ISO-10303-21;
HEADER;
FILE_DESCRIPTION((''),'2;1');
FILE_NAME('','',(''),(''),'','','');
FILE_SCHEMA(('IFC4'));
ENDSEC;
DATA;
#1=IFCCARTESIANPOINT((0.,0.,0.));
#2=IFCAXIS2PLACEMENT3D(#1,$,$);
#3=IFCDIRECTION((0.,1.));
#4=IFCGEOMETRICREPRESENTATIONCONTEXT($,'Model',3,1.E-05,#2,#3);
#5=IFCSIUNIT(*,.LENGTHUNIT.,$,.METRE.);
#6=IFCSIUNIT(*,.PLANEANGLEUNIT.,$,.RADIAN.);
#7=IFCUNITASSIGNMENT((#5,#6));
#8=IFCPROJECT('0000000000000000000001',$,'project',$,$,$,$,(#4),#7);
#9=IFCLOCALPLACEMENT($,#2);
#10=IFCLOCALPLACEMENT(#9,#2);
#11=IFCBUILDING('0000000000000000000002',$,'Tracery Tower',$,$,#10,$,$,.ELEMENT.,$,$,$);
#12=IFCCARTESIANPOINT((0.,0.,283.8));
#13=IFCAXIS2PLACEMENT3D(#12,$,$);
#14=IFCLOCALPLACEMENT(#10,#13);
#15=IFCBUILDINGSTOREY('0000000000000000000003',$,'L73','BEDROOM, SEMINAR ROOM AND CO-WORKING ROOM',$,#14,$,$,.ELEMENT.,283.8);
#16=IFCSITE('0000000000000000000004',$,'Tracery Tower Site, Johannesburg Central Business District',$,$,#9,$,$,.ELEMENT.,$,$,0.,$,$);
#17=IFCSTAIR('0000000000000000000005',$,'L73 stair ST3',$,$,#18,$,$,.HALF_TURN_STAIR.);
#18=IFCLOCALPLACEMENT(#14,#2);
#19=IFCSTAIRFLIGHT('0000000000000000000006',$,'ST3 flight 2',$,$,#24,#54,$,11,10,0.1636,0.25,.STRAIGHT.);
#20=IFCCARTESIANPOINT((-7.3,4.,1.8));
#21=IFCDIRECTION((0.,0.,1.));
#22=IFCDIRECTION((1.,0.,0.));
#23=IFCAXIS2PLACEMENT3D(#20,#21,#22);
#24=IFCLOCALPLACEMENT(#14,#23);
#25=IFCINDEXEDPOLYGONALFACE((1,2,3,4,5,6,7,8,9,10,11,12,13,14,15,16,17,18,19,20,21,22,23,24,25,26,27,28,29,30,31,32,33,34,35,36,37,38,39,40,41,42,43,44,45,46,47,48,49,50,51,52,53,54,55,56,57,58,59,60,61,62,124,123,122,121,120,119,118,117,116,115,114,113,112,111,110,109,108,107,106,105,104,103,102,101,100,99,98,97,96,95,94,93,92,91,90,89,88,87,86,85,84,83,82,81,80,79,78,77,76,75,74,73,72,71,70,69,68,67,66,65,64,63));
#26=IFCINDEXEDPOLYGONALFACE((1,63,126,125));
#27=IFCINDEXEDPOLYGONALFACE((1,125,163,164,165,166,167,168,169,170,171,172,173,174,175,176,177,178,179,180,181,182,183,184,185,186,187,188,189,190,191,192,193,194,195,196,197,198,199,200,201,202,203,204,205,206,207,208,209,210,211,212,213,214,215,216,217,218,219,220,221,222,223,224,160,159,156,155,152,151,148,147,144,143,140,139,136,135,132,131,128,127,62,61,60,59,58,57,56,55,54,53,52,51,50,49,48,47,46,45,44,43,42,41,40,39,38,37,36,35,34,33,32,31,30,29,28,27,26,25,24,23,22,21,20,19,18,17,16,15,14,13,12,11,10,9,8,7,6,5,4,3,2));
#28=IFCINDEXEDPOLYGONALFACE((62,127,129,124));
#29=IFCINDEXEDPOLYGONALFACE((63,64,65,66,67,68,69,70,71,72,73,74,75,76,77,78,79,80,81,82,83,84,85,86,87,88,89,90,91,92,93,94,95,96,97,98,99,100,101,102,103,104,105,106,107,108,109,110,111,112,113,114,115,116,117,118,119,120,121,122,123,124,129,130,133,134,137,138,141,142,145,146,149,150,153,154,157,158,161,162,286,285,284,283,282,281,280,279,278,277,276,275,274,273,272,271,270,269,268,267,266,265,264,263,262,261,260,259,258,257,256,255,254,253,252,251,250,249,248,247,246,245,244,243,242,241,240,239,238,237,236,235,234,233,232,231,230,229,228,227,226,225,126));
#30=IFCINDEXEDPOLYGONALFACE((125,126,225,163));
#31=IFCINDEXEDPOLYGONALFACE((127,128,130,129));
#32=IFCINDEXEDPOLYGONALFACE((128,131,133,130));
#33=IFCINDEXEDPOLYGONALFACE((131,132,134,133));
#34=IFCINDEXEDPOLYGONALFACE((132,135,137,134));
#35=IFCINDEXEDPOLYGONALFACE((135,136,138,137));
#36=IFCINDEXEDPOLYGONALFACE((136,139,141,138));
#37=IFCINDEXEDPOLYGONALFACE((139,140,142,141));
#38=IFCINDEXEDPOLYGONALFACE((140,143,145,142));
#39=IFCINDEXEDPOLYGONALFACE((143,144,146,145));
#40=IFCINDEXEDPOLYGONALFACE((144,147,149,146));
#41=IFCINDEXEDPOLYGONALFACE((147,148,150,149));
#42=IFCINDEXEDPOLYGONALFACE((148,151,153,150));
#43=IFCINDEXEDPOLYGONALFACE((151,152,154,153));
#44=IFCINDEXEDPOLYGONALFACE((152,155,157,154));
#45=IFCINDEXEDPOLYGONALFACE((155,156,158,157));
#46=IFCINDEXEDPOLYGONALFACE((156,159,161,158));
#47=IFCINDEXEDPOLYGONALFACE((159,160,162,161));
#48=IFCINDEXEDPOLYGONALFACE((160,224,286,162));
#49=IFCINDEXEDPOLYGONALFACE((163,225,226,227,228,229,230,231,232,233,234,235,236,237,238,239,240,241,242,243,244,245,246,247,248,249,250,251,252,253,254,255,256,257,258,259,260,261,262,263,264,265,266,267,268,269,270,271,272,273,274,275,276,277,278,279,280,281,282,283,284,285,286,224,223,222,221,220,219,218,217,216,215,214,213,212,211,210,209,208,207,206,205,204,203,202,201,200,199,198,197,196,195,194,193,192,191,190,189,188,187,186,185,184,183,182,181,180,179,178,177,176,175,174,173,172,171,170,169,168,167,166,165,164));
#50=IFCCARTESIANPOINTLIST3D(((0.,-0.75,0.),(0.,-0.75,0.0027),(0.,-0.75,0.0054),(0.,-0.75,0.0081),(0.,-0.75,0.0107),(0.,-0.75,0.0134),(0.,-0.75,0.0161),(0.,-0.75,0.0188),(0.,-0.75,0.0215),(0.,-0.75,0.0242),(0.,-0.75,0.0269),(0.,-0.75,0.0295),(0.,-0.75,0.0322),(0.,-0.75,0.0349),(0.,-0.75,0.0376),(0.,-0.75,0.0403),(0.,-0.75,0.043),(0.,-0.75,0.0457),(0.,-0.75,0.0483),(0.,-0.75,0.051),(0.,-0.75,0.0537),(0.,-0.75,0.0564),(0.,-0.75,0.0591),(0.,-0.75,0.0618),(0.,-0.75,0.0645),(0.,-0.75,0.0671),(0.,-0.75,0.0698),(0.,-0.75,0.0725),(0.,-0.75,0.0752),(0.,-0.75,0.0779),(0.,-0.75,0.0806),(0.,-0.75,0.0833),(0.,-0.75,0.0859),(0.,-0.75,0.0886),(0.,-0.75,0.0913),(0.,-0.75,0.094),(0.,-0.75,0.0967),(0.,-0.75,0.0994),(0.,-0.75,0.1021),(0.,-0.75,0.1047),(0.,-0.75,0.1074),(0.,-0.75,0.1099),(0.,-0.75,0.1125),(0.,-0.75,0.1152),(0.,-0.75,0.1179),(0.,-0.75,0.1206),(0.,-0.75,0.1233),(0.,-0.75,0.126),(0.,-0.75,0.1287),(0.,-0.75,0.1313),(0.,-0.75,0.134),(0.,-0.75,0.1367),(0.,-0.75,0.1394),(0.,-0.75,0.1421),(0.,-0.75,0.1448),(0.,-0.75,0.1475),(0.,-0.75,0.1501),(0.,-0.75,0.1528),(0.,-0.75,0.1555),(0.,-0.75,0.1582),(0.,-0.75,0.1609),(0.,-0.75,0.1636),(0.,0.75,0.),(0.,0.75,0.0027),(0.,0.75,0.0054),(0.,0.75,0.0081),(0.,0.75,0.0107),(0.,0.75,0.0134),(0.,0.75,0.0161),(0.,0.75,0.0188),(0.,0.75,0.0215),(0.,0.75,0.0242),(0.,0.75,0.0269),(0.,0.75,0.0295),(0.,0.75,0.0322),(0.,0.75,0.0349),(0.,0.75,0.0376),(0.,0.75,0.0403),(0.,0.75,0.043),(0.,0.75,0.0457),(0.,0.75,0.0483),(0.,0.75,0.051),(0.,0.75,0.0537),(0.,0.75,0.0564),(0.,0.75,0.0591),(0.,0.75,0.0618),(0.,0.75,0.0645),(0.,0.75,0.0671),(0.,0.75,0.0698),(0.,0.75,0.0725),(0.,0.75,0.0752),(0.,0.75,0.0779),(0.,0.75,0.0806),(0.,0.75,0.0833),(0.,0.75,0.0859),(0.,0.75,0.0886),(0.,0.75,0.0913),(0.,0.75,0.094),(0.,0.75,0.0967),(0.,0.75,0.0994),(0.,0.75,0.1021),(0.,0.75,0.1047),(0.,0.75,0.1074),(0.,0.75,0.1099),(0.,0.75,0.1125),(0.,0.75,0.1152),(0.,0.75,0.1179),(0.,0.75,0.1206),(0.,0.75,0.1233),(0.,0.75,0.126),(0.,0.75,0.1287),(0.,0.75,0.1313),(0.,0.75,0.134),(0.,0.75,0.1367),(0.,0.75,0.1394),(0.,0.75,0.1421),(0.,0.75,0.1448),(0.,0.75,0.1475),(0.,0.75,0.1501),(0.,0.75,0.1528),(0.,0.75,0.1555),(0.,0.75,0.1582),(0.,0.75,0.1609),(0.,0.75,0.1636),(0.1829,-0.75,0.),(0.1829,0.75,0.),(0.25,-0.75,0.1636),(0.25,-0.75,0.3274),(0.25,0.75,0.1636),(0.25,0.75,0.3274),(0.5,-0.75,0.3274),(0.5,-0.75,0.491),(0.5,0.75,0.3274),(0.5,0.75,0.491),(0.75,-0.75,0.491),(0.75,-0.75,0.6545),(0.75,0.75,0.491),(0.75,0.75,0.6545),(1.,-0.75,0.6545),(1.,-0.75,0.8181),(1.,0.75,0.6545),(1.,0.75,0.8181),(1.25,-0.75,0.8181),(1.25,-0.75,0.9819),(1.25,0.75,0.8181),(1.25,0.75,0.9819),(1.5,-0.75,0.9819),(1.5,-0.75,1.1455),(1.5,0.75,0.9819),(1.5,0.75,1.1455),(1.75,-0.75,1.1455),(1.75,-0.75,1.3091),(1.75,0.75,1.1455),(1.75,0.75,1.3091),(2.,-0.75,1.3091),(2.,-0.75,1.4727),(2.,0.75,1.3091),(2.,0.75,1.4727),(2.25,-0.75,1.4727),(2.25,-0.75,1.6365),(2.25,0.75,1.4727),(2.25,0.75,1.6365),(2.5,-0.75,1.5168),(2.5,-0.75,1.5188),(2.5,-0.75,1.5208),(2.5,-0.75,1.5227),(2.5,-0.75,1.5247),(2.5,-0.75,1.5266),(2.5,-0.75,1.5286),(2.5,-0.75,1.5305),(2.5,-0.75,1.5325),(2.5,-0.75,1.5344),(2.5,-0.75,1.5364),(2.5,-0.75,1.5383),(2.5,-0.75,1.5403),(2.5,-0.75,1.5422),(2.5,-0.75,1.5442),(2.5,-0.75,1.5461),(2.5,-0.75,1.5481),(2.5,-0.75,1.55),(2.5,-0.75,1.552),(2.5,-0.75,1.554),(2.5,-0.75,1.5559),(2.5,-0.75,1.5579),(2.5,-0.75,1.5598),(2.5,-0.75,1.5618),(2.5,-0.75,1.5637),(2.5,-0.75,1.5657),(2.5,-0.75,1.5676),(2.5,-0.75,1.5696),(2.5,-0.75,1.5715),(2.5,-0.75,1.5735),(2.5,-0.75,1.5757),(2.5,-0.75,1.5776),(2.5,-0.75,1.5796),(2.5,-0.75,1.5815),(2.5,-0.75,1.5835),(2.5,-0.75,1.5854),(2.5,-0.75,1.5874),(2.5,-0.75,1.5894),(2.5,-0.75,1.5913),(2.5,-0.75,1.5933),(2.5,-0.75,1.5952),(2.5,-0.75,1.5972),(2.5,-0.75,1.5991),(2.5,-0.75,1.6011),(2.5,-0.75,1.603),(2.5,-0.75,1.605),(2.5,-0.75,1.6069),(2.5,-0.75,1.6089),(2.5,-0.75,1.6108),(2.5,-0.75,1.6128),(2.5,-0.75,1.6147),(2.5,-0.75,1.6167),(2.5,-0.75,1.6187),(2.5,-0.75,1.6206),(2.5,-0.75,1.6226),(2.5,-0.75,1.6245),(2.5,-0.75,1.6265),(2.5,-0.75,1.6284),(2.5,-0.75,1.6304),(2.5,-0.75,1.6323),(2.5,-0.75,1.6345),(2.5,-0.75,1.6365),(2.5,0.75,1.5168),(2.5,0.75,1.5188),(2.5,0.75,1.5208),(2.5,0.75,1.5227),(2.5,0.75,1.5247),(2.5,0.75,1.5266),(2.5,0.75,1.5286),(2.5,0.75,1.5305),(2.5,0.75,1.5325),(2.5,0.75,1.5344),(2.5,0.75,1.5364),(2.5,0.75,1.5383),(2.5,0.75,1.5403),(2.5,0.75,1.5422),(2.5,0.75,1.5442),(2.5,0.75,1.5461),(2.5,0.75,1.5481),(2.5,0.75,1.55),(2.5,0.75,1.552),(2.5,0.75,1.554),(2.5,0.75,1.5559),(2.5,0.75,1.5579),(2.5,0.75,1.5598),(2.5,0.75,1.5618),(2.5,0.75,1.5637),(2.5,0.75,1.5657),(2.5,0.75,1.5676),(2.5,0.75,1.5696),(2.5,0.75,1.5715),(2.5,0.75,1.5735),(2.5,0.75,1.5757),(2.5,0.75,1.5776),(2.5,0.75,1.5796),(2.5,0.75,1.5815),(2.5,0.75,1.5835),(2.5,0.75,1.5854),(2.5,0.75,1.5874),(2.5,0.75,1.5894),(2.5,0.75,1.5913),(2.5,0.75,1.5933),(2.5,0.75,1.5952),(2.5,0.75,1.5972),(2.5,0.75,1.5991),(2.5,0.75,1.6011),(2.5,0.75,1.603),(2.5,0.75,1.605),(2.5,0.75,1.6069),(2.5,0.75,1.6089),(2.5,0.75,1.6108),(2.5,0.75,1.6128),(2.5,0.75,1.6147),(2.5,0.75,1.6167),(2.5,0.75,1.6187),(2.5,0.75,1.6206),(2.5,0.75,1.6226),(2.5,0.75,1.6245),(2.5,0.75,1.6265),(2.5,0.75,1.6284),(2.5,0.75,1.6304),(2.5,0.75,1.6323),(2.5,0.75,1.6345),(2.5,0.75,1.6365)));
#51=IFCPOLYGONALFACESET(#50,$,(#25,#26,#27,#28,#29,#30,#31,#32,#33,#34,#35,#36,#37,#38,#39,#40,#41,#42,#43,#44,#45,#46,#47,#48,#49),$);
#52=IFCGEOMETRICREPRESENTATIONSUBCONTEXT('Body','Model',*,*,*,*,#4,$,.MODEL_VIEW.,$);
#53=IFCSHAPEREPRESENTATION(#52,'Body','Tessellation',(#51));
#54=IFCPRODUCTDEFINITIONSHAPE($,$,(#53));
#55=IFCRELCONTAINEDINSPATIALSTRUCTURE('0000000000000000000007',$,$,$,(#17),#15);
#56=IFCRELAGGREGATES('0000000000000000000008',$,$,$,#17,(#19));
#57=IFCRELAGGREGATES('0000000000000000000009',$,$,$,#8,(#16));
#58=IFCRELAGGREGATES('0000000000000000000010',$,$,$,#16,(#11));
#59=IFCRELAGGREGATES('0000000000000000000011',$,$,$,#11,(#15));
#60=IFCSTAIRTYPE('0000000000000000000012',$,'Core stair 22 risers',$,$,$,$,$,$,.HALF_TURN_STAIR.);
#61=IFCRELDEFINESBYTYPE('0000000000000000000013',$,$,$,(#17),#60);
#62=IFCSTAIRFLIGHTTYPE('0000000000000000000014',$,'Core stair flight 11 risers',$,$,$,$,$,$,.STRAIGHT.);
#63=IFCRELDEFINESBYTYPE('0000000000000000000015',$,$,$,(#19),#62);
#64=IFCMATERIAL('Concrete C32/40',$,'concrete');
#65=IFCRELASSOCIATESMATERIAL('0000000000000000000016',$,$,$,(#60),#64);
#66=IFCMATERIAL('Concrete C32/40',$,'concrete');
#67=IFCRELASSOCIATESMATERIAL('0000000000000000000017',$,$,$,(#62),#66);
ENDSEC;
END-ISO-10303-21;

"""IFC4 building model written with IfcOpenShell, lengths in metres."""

from ifc_helpers import new_model, si_unit, direction, frame, origin, place, context, subcontext, project, spatial, polyline, outline, extrude, material, type_object, element, aggregate, save


model = new_model("IFC4")

# Units and contexts
model_context = context("Model", 3, precision=1e-05, world=origin(), true_north=direction((0.0, 1.0)))
body_context = subcontext(model_context, "Body", "Model", "MODEL_VIEW")
ifc_project = project(units=[si_unit("LENGTHUNIT", "METRE"), si_unit("PLANEANGLEUNIT", "RADIAN")], contexts=[model_context])

# Site, building, storey
site_placement = place(None, origin())
site = spatial("IfcSite", under=ifc_project, at=site_placement, Name="Tracery Tower Site, Johannesburg Central Business District", CompositionType="ELEMENT", RefElevation=0.0)
building_placement = place(site_placement, origin())
building = spatial("IfcBuilding", under=site, at=building_placement, Name="Tracery Tower", CompositionType="ELEMENT")
storey_placement = place(building_placement, frame((0.0, 0.0, 283.8)))
storey = spatial("IfcBuildingStorey", under=building, at=storey_placement, Name="L73", Description="BEDROOM, SEMINAR ROOM AND CO-WORKING ROOM", CompositionType="ELEMENT", Elevation=283.8)

# Stair, stair flight
ifc_material_1 = material(Name="Concrete C32/40", Category="concrete")
stair_type = type_object("IfcStairType", Name="Core stair 22 risers", PredefinedType="HALF_TURN_STAIR", material=ifc_material_1)
stair_placement = place(storey_placement, origin())
stair = element("IfcStair", 1, at=stair_placement, inside=storey, type_object=stair_type, Name="L73 stair ST3", PredefinedType="HALF_TURN_STAIR")
ifc_material_2 = material(Name="Concrete C32/40", Category="concrete")
stair_flight_type = type_object("IfcStairFlightType", Name="Core stair flight 11 risers", PredefinedType="STRAIGHT", material=ifc_material_2)
stair_flight_1_placement = place(storey_placement, frame((-7.3, 4.0, 1.8), z_axis=(0.0, 0.0, 1.0), x_axis=(1.0, 0.0, 0.0)))
stair_flight_1 = element("IfcStairFlight", 2, at=stair_flight_1_placement, type_object=stair_flight_type, Name="ST3 flight 2", NumberOfRisers=11, NumberOfTreads=10, PredefinedType="STRAIGHT", RiserHeight=0.1636, TreadLength=0.25, context=body_context, shape_type="SweptSolid", body=[
    extrude(outline(polyline([(0.0, 0.0), (0.0, 0.0027), (0.0, 0.0054), (0.0, 0.0081), (0.0, 0.0107), (0.0, 0.0134), (0.0, 0.0161), (0.0, 0.0188), (0.0, 0.0215), (0.0, 0.0242), (0.0, 0.0269), (0.0, 0.0295), (0.0, 0.0322), (0.0, 0.0349), (0.0, 0.0376), (0.0, 0.0403), (0.0, 0.043), (0.0, 0.0457), (0.0, 0.0483), (0.0, 0.051), (0.0, 0.0537), (0.0, 0.0564), (0.0, 0.0591), (0.0, 0.0618), (0.0, 0.0645), (0.0, 0.0671), (0.0, 0.0698), (0.0, 0.0725), (0.0, 0.0752), (0.0, 0.0779), (0.0, 0.0806), (0.0, 0.0833), (0.0, 0.0859), (0.0, 0.0886), (0.0, 0.0913), (0.0, 0.094), (0.0, 0.0967), (0.0, 0.0994), (0.0, 0.1021), (0.0, 0.1047), (0.0, 0.1074), (0.0, 0.1099), (0.0, 0.1125), (0.0, 0.1152), (0.0, 0.1179), (0.0, 0.1206), (0.0, 0.1233), (0.0, 0.126), (0.0, 0.1287), (0.0, 0.1313), (0.0, 0.134), (0.0, 0.1367), (0.0, 0.1394), (0.0, 0.1421), (0.0, 0.1448), (0.0, 0.1475), (0.0, 0.1501), (0.0, 0.1528), (0.0, 0.1555), (0.0, 0.1582), (0.0, 0.1609), (0.0, 0.1636), (0.25, 0.1636), (0.25, 0.3274), (0.5, 0.3274), (0.5, 0.491), (0.75, 0.491), (0.75, 0.6545), (1.0, 0.6545), (1.0, 0.8181), (1.25, 0.8181), (1.25, 0.9819), (1.5, 0.9819), (1.5, 1.1455), (1.75, 1.1455), (1.75, 1.3091), (2.0, 1.3091), (2.0, 1.4727), (2.25, 1.4727), (2.25, 1.6365), (2.5, 1.6365), (2.5, 1.6345), (2.5, 1.6323), (2.5, 1.6304), (2.5, 1.6284), (2.5, 1.6265), (2.5, 1.6245), (2.5, 1.6226), (2.5, 1.6206), (2.5, 1.6187), (2.5, 1.6167), (2.5, 1.6147), (2.5, 1.6128), (2.5, 1.6108), (2.5, 1.6089), (2.5, 1.6069), (2.5, 1.605), (2.5, 1.603), (2.5, 1.6011), (2.5, 1.5991), (2.5, 1.5972), (2.5, 1.5952), (2.5, 1.5933), (2.5, 1.5913), (2.5, 1.5894), (2.5, 1.5874), (2.5, 1.5854), (2.5, 1.5835), (2.5, 1.5815), (2.5, 1.5796), (2.5, 1.5776), (2.5, 1.5757), (2.5, 1.5735), (2.5, 1.5715), (2.5, 1.5696), (2.5, 1.5676), (2.5, 1.5657), (2.5, 1.5637), (2.5, 1.5618), (2.5, 1.5598), (2.5, 1.5579), (2.5, 1.5559), (2.5, 1.554), (2.5, 1.552), (2.5, 1.55), (2.5, 1.5481), (2.5, 1.5461), (2.5, 1.5442), (2.5, 1.5422), (2.5, 1.5403), (2.5, 1.5383), (2.5, 1.5364), (2.5, 1.5344), (2.5, 1.5325), (2.5, 1.5305), (2.5, 1.5286), (2.5, 1.5266), (2.5, 1.5247), (2.5, 1.5227), (2.5, 1.5208), (2.5, 1.5188), (2.5, 1.5168), (0.1829, 0.0), (0.0, 0.0)])), frame((0.0, 0.75, 0.0), z_axis=(0.0, -1.0, 0.0), x_axis=(1.0, 0.0, 0.0)), (0.0, 0.0, 1.0), 1.5),
])
aggregate(stair, [stair_flight_1])

save(model, "model.ifc")
